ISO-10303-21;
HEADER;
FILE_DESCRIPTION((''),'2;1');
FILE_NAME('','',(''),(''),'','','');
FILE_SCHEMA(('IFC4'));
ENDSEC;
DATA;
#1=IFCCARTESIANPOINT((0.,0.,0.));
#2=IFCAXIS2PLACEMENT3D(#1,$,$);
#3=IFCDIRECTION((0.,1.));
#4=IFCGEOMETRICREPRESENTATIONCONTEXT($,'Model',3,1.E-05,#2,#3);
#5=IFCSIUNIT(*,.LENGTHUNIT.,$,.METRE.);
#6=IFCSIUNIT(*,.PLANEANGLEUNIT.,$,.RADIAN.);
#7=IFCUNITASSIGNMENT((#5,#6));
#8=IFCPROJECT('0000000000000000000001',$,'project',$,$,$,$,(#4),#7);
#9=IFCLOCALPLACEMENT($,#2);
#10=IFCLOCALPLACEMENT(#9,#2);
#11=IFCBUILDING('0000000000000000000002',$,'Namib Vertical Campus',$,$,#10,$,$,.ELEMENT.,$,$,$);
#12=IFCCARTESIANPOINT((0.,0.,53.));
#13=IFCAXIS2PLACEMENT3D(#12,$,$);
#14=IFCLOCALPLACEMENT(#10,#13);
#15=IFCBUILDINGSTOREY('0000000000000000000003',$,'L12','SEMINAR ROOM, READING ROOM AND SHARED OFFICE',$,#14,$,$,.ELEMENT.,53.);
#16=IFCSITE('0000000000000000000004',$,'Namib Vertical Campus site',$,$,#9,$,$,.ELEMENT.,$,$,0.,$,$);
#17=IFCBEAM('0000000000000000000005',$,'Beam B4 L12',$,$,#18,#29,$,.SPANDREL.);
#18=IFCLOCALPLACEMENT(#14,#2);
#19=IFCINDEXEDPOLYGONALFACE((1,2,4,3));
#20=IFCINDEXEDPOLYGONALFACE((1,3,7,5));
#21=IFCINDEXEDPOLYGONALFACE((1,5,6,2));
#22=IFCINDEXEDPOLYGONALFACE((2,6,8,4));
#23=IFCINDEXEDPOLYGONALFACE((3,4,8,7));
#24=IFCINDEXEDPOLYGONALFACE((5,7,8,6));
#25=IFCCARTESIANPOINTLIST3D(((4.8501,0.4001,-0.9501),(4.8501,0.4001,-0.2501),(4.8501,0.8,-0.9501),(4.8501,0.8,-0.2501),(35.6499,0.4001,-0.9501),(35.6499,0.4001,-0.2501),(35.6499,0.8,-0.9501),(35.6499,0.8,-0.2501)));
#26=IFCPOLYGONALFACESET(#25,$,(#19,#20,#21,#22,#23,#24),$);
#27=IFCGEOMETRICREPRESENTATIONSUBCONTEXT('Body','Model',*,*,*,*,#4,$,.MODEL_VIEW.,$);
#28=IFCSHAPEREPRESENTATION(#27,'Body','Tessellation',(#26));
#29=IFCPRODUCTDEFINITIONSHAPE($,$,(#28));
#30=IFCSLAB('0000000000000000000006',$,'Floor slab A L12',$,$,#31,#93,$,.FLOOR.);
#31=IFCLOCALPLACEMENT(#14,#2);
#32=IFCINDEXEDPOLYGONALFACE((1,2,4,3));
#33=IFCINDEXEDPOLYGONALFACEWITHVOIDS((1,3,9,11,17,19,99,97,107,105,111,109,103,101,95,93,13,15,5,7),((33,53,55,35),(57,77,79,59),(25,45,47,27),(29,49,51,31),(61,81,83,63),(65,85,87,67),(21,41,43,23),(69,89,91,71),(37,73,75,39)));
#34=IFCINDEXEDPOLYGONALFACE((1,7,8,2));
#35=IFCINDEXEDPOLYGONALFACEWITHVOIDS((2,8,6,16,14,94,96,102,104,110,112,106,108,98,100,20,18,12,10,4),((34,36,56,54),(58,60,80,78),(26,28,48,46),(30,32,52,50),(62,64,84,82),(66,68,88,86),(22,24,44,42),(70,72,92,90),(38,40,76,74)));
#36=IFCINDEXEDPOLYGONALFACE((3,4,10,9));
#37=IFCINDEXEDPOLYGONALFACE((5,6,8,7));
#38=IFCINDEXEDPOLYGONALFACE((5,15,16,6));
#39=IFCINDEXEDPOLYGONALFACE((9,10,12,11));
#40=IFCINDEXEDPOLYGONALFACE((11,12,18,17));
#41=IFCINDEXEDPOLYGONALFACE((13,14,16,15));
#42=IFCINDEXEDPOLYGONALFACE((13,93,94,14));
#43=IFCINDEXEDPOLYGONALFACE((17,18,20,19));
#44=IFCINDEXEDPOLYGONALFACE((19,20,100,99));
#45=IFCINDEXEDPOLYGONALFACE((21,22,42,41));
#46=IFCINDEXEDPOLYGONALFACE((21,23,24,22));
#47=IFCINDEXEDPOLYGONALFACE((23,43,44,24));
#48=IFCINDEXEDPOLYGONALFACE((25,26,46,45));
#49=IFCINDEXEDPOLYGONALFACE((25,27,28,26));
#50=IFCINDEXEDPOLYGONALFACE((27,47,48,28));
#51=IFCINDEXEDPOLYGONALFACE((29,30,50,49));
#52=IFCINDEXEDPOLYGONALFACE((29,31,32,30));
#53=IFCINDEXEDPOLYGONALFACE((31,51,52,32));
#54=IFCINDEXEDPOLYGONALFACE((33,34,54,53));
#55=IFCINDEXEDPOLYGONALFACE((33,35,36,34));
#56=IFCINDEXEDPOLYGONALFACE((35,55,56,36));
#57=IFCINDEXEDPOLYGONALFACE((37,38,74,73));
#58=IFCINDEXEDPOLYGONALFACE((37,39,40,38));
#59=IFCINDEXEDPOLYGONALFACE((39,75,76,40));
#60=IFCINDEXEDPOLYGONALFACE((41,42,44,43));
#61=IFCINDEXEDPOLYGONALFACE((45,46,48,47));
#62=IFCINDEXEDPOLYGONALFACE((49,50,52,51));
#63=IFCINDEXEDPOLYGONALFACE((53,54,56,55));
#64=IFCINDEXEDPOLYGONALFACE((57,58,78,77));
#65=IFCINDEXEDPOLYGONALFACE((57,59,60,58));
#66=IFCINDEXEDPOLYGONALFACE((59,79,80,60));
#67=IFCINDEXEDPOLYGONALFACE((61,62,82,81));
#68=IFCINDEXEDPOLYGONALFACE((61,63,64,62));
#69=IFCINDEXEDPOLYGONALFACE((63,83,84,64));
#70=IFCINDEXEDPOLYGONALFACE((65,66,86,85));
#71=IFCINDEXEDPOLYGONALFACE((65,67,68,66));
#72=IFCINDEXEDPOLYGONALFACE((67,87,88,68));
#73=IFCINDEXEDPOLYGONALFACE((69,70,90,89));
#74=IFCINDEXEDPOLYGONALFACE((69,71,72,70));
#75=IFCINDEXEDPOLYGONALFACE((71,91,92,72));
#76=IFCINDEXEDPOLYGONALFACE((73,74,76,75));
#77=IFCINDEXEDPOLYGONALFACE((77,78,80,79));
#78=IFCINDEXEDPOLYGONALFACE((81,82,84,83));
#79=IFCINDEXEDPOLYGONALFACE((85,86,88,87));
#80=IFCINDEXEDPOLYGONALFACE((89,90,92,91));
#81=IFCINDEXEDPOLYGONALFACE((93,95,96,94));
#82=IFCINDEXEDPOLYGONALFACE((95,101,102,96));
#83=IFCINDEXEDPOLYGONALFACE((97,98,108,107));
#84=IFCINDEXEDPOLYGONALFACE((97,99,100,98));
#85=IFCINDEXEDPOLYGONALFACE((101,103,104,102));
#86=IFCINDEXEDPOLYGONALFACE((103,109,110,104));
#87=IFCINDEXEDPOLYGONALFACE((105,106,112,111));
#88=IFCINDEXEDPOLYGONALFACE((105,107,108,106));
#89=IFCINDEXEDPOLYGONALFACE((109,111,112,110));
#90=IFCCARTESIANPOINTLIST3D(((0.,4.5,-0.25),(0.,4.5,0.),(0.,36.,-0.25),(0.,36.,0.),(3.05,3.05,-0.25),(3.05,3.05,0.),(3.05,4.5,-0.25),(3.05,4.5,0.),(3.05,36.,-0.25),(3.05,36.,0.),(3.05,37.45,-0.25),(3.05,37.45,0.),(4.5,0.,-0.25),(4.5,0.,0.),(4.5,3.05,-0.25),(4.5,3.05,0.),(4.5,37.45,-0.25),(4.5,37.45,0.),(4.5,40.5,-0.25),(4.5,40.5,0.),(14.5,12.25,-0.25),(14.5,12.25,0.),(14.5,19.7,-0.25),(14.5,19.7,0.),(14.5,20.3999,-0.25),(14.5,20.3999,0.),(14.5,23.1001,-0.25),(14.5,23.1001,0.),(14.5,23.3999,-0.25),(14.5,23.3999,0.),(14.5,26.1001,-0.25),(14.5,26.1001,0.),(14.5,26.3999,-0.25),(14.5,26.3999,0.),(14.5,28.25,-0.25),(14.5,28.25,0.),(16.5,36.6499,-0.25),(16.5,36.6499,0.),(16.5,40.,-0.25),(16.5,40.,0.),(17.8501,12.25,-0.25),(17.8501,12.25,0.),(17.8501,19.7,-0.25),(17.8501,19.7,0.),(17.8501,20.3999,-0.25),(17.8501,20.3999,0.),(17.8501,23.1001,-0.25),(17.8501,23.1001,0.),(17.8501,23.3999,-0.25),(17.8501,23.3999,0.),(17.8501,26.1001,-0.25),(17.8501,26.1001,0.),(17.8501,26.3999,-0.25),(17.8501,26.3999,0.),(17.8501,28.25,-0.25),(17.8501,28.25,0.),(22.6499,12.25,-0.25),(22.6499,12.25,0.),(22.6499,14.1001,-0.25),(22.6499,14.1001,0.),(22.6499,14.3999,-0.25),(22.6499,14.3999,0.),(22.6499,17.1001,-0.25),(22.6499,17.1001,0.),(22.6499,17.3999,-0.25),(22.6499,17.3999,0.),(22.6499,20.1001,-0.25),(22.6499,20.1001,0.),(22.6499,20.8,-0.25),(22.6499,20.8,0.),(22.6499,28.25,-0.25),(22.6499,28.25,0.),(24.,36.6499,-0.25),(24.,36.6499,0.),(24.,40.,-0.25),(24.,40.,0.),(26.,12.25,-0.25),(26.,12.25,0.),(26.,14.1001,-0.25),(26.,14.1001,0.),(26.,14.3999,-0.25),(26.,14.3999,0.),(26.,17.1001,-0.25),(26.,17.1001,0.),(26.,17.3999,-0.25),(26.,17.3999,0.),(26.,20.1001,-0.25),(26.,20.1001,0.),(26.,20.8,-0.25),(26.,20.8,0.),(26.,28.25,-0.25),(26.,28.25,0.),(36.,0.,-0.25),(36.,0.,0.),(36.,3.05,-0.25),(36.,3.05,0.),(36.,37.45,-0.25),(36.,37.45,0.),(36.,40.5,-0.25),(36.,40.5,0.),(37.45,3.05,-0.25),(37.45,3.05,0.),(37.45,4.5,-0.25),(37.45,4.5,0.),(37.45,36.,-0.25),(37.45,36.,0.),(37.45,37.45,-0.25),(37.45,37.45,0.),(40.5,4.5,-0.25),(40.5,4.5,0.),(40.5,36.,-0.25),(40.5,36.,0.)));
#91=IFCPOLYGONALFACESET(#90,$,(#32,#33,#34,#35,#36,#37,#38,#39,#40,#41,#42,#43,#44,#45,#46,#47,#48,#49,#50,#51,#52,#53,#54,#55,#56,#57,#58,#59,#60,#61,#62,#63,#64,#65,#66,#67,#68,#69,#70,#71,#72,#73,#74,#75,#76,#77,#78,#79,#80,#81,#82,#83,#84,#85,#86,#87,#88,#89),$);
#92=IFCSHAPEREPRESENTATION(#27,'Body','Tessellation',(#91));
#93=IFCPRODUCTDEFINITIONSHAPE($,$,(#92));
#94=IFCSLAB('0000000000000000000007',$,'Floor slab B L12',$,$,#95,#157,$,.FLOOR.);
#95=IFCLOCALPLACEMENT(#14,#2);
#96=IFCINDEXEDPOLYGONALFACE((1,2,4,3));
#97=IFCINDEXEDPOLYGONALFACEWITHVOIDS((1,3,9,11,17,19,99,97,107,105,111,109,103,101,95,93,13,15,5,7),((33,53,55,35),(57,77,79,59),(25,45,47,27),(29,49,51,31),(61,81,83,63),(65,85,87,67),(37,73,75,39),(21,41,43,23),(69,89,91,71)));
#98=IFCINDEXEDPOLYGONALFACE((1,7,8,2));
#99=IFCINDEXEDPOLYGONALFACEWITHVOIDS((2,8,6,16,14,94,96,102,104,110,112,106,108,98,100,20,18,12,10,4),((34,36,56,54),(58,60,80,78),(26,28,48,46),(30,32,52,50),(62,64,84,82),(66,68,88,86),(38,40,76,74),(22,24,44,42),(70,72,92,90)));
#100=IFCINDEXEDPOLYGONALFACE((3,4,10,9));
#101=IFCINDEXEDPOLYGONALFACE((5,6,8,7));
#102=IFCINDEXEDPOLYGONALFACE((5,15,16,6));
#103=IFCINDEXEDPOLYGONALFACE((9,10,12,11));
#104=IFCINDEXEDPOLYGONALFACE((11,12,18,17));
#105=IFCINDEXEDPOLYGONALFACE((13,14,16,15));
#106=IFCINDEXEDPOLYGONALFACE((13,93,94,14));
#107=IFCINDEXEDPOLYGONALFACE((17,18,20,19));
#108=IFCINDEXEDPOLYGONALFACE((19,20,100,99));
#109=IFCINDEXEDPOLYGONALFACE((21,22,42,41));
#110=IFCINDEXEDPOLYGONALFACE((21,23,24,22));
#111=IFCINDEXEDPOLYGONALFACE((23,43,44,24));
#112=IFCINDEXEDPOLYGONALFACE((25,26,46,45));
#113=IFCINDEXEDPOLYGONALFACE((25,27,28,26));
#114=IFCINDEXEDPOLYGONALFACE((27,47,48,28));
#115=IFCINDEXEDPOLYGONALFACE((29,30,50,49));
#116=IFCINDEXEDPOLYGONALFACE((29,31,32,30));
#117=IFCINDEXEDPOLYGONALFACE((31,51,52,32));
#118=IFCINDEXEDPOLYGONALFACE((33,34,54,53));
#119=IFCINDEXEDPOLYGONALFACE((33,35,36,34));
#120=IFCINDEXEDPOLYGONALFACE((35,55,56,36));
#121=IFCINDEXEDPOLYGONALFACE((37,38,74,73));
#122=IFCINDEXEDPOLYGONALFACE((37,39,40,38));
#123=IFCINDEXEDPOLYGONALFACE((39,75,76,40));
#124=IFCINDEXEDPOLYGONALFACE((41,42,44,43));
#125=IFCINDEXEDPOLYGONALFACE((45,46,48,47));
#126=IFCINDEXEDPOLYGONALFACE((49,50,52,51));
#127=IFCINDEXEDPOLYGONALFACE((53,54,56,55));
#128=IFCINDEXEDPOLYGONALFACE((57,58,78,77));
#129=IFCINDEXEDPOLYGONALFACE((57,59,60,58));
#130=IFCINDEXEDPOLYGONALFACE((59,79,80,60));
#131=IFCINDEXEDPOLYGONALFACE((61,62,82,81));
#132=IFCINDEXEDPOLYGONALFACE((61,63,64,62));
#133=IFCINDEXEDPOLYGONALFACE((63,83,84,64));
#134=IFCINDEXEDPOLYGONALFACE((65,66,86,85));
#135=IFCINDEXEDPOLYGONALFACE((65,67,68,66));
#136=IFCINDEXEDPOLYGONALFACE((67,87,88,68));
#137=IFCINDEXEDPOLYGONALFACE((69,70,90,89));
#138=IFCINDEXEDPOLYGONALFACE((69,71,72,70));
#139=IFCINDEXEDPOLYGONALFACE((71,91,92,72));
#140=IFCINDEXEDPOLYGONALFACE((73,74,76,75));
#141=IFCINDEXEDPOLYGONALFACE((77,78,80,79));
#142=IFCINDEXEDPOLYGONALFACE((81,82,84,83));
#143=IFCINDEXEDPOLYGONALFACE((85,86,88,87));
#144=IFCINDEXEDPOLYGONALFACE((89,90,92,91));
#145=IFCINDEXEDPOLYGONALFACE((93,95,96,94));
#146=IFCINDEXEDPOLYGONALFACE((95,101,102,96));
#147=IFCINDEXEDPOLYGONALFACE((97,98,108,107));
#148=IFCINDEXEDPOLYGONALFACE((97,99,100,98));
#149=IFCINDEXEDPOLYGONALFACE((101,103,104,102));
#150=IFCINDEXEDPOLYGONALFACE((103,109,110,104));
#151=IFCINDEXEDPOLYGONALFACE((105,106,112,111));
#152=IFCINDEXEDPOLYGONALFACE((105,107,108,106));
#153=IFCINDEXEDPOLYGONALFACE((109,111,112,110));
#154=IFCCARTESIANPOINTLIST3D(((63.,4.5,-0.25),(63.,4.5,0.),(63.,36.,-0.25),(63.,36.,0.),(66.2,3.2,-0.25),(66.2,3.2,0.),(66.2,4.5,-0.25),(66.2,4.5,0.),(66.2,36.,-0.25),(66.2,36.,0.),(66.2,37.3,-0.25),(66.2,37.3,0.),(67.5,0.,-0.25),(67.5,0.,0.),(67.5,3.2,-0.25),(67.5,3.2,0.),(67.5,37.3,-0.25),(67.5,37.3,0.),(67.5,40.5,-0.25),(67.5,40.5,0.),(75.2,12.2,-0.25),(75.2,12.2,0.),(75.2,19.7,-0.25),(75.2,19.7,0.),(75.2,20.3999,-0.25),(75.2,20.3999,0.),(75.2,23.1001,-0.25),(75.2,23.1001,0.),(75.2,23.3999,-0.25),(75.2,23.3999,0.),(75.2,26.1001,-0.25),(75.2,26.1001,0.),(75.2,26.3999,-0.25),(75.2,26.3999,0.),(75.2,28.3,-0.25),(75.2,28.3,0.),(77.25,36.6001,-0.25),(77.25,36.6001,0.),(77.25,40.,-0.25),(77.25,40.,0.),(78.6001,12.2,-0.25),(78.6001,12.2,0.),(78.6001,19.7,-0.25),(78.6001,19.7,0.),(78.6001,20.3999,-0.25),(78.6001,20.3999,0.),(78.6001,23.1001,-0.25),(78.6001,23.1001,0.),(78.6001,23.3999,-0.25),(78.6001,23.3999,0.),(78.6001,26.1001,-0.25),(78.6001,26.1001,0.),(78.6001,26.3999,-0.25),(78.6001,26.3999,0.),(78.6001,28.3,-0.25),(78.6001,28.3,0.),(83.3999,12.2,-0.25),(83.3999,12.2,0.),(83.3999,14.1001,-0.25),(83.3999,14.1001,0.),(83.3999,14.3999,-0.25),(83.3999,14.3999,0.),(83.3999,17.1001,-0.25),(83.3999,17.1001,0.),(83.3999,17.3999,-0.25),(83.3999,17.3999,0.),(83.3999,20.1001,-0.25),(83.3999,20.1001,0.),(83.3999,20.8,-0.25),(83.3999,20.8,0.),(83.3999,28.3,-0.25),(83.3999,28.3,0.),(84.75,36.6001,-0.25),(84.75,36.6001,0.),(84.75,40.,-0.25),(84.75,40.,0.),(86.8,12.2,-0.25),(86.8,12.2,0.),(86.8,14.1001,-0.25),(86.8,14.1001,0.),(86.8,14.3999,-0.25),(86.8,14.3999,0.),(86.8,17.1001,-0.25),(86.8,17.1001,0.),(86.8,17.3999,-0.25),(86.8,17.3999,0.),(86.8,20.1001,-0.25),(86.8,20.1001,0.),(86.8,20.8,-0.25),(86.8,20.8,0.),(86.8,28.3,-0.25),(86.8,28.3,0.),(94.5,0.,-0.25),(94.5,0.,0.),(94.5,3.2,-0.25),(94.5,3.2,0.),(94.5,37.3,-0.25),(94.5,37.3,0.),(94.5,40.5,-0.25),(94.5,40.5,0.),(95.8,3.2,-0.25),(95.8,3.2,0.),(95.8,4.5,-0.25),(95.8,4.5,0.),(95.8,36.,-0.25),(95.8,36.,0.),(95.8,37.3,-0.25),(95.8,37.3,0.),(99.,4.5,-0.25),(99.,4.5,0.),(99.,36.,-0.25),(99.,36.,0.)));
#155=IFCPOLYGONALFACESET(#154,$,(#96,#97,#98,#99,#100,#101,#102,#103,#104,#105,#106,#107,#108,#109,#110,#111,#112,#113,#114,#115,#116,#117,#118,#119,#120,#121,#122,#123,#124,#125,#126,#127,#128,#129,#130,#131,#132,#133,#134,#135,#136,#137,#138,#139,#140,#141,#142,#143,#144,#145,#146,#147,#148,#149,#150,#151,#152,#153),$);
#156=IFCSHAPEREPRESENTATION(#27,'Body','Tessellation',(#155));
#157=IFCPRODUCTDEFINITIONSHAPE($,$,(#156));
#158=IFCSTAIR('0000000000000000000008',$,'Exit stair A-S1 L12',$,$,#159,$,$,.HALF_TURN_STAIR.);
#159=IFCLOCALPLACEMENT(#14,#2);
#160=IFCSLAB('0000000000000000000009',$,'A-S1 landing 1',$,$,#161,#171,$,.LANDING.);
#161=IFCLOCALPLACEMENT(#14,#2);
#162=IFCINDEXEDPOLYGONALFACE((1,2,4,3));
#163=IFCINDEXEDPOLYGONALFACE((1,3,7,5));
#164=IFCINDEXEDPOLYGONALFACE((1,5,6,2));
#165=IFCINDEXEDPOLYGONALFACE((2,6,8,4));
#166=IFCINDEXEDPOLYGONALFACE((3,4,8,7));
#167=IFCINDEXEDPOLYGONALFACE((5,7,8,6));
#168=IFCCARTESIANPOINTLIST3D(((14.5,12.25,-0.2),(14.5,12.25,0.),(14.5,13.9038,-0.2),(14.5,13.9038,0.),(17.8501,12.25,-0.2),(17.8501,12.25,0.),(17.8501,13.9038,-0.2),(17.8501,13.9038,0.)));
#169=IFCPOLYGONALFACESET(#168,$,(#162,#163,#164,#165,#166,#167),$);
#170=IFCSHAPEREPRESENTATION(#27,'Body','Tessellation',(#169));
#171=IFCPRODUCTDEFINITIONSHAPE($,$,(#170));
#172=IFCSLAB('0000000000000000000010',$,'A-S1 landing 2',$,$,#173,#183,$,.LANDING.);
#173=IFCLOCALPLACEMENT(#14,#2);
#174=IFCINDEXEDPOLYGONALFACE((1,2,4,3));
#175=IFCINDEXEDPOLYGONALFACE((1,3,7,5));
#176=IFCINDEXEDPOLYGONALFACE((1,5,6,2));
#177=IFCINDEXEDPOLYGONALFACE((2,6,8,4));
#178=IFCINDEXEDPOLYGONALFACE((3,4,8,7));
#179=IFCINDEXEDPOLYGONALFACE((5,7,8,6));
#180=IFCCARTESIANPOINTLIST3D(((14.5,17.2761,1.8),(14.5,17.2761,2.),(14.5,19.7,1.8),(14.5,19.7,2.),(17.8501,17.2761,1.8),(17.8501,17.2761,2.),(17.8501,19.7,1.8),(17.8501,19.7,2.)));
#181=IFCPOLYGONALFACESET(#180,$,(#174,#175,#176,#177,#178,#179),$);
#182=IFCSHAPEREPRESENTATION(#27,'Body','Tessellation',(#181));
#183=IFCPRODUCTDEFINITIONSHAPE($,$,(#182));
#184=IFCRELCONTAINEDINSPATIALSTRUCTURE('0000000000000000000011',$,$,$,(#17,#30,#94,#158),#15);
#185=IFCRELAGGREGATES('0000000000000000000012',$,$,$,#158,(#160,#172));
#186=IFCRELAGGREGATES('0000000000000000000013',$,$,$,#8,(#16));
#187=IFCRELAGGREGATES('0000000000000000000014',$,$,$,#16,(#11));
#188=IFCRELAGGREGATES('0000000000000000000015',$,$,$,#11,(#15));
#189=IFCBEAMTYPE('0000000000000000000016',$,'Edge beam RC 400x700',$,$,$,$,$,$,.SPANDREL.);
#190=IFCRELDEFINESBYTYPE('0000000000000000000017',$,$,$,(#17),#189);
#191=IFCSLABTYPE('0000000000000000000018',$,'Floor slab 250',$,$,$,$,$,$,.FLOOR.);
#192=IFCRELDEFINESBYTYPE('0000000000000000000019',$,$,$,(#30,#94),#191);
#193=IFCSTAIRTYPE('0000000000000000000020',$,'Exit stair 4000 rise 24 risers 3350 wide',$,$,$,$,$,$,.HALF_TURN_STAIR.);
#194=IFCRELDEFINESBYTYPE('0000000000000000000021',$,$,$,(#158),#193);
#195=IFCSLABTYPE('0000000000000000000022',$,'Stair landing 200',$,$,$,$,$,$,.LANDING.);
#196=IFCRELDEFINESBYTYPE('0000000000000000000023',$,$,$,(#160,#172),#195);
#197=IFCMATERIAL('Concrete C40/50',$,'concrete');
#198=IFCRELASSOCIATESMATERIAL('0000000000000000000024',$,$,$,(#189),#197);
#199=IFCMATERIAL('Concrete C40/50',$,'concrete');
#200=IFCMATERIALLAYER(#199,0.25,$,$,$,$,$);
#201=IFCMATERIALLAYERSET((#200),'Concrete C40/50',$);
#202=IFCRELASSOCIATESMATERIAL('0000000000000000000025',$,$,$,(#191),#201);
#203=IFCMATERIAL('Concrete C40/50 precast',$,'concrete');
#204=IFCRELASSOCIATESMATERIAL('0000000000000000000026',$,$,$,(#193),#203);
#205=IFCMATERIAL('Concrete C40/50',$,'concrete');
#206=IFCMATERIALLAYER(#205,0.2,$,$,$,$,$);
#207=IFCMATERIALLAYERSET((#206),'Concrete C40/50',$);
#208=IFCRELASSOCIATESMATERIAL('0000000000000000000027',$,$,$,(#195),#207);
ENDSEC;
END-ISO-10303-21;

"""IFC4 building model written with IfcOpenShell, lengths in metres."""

from ifc_helpers import new_model, si_unit, direction, frame, origin, origin_2d, place, context, subcontext, project, spatial, polyline, rectangle, outline, extrude, material, layer, layer_set, material_profile, profile_set, type_object, element, aggregate, save


model = new_model("IFC4")

# Units and contexts
model_context = context("Model", 3, precision=1e-05, world=origin(), true_north=direction((0.0, 1.0)))
body_context = subcontext(model_context, "Body", "Model", "MODEL_VIEW")
ifc_project = project(units=[si_unit("LENGTHUNIT", "METRE"), si_unit("PLANEANGLEUNIT", "RADIAN")], contexts=[model_context])

# Site, building, storey
site_placement = place(None, origin())
site = spatial("IfcSite", under=ifc_project, at=site_placement, Name="Namib Vertical Campus site", CompositionType="ELEMENT", RefElevation=0.0)
building_placement = place(site_placement, origin())
building = spatial("IfcBuilding", under=site, at=building_placement, Name="Namib Vertical Campus", CompositionType="ELEMENT")
storey_placement = place(building_placement, frame((0.0, 0.0, 53.0)))
storey = spatial("IfcBuildingStorey", under=building, at=storey_placement, Name="L12", Description="SEMINAR ROOM, READING ROOM AND SHARED OFFICE", CompositionType="ELEMENT", Elevation=53.0)

# Beam
ifc_material_1 = material(Name="Concrete C40/50", Category="concrete")
ifc_material_profile = material_profile(ifc_material_1, rectangle(XDim=0.3999, YDim=0.7, at=origin_2d()))
ifc_profile_set = profile_set([ifc_material_profile], Name="Concrete C40/50")
beam_type = type_object("IfcBeamType", Name="Edge beam RC 400x700", PredefinedType="SPANDREL", material=ifc_profile_set)
beam_placement = place(storey_placement, frame((4.8501, 0.6001, -0.6001), z_axis=(1.0, 0.0, 0.0), x_axis=(0.0, 1.0, 0.0)))
element("IfcBeam", 1, at=beam_placement, inside=storey, type_object=beam_type, Name="Beam B4 L12", PredefinedType="SPANDREL", context=body_context, shape_type="SweptSolid", body=[
    extrude(rectangle(XDim=0.3999, YDim=0.7, at=origin_2d()), origin(), (0.0, 0.0, 1.0), 30.7998),
])

# Slabs
ifc_material_2 = material(Name="Concrete C40/50", Category="concrete")
ifc_layer_1 = layer(ifc_material_2, 0.25)
ifc_layer_set_1 = layer_set([ifc_layer_1], Name="Concrete C40/50")
slab_type_1 = type_object("IfcSlabType", Name="Floor slab 250", PredefinedType="FLOOR", material=ifc_layer_set_1)
slab_1_placement = place(storey_placement, frame((0.0, 0.0, -0.25)))
element("IfcSlab", 2, at=slab_1_placement, inside=storey, type_object=slab_type_1, Name="Floor slab A L12", PredefinedType="FLOOR", context=body_context, shape_type="SweptSolid", body=[
    extrude(outline(polyline([(4.5, 0.0), (36.0, 0.0), (36.0, 3.05), (37.45, 3.05), (37.45, 4.5), (40.5, 4.5), (40.5, 36.0), (37.45, 36.0), (37.45, 37.45), (36.0, 37.45), (36.0, 40.5), (4.5, 40.5), (4.5, 37.45), (3.05, 37.45), (3.05, 36.0), (0.0, 36.0), (0.0, 4.5), (3.05, 4.5), (3.05, 3.05), (4.5, 3.05), (4.5, 0.0)]), holes=[polyline([(14.5, 12.25), (17.8501, 12.25), (17.8501, 19.7), (14.5, 19.7), (14.5, 12.25)]), polyline([(22.6499, 20.8), (26.0, 20.8), (26.0, 28.25), (22.6499, 28.25), (22.6499, 20.8)]), polyline([(22.6499, 12.25), (26.0, 12.25), (26.0, 14.1001), (22.6499, 14.1001), (22.6499, 12.25)]), polyline([(14.5, 20.3999), (17.8501, 20.3999), (17.8501, 23.1001), (14.5, 23.1001), (14.5, 20.3999)]), polyline([(14.5, 23.3999), (17.8501, 23.3999), (17.8501, 26.1001), (14.5, 26.1001), (14.5, 23.3999)]), polyline([(14.5, 26.3999), (17.8501, 26.3999), (17.8501, 28.25), (14.5, 28.25), (14.5, 26.3999)]), polyline([(22.6499, 14.3999), (26.0, 14.3999), (26.0, 17.1001), (22.6499, 17.1001), (22.6499, 14.3999)]), polyline([(22.6499, 17.3999), (26.0, 17.3999), (26.0, 20.1001), (22.6499, 20.1001), (22.6499, 17.3999)]), polyline([(16.5, 36.6499), (24.0, 36.6499), (24.0, 40.0), (16.5, 40.0), (16.5, 36.6499)])]), origin(), (0.0, 0.0, 1.0), 0.25),
])
slab_2_placement = place(storey_placement, frame((0.0, 0.0, -0.25)))
element("IfcSlab", 3, at=slab_2_placement, inside=storey, type_object=slab_type_1, Name="Floor slab B L12", PredefinedType="FLOOR", context=body_context, shape_type="SweptSolid", body=[
    extrude(outline(polyline([(67.5, 0.0), (94.5, 0.0), (94.5, 3.2), (95.8, 3.2), (95.8, 4.5), (99.0, 4.5), (99.0, 36.0), (95.8, 36.0), (95.8, 37.3), (94.5, 37.3), (94.5, 40.5), (67.5, 40.5), (67.5, 37.3), (66.2, 37.3), (66.2, 36.0), (63.0, 36.0), (63.0, 4.5), (66.2, 4.5), (66.2, 3.2), (67.5, 3.2), (67.5, 0.0)]), holes=[polyline([(75.2, 12.2), (78.6001, 12.2), (78.6001, 19.7), (75.2, 19.7), (75.2, 12.2)]), polyline([(83.3999, 20.8), (86.8, 20.8), (86.8, 28.3), (83.3999, 28.3), (83.3999, 20.8)]), polyline([(83.3999, 12.2), (86.8, 12.2), (86.8, 14.1001), (83.3999, 14.1001), (83.3999, 12.2)]), polyline([(75.2, 20.3999), (78.6001, 20.3999), (78.6001, 23.1001), (75.2, 23.1001), (75.2, 20.3999)]), polyline([(75.2, 23.3999), (78.6001, 23.3999), (78.6001, 26.1001), (75.2, 26.1001), (75.2, 23.3999)]), polyline([(75.2, 26.3999), (78.6001, 26.3999), (78.6001, 28.3), (75.2, 28.3), (75.2, 26.3999)]), polyline([(83.3999, 14.3999), (86.8, 14.3999), (86.8, 17.1001), (83.3999, 17.1001), (83.3999, 14.3999)]), polyline([(83.3999, 17.3999), (86.8, 17.3999), (86.8, 20.1001), (83.3999, 20.1001), (83.3999, 17.3999)]), polyline([(77.25, 36.6001), (84.75, 36.6001), (84.75, 40.0), (77.25, 40.0), (77.25, 36.6001)])]), origin(), (0.0, 0.0, 1.0), 0.25),
])

# Stair, slabs
ifc_material_3 = material(Name="Concrete C40/50 precast", Category="concrete")
stair_type_1 = type_object("IfcStairType", Name="Exit stair 4000 rise 24 risers 3350 wide", PredefinedType="HALF_TURN_STAIR", material=ifc_material_3)
stair_1_placement = place(storey_placement, origin())
stair_1 = element("IfcStair", 4, at=stair_1_placement, inside=storey, type_object=stair_type_1, Name="Exit stair A-S1 L12", PredefinedType="HALF_TURN_STAIR")
ifc_material_4 = material(Name="Concrete C40/50", Category="concrete")
ifc_layer_2 = layer(ifc_material_4, 0.2)
ifc_layer_set_2 = layer_set([ifc_layer_2], Name="Concrete C40/50")
slab_type_2 = type_object("IfcSlabType", Name="Stair landing 200", PredefinedType="LANDING", material=ifc_layer_set_2)
slab_3_placement = place(storey_placement, frame((0.0, 0.0, -0.2)))
slab_3 = element("IfcSlab", 5, at=slab_3_placement, type_object=slab_type_2, Name="A-S1 landing 1", PredefinedType="LANDING", context=body_context, shape_type="SweptSolid", body=[
    extrude(outline(polyline([(14.5, 12.25), (17.8501, 12.25), (17.8501, 13.9038), (14.5, 13.9038), (14.5, 12.25)])), origin(), (0.0, 0.0, 1.0), 0.2),
])
slab_4_placement = place(storey_placement, frame((0.0, 0.0, 1.8)))
slab_4 = element("IfcSlab", 6, at=slab_4_placement, type_object=slab_type_2, Name="A-S1 landing 2", PredefinedType="LANDING", context=body_context, shape_type="SweptSolid", body=[
    extrude(outline(polyline([(14.5, 17.2761), (17.8501, 17.2761), (17.8501, 19.7), (14.5, 19.7), (14.5, 17.2761)])), origin(), (0.0, 0.0, 1.0), 0.2),
])
aggregate(stair_1, [slab_3, slab_4])

save(model, "model.ifc")
